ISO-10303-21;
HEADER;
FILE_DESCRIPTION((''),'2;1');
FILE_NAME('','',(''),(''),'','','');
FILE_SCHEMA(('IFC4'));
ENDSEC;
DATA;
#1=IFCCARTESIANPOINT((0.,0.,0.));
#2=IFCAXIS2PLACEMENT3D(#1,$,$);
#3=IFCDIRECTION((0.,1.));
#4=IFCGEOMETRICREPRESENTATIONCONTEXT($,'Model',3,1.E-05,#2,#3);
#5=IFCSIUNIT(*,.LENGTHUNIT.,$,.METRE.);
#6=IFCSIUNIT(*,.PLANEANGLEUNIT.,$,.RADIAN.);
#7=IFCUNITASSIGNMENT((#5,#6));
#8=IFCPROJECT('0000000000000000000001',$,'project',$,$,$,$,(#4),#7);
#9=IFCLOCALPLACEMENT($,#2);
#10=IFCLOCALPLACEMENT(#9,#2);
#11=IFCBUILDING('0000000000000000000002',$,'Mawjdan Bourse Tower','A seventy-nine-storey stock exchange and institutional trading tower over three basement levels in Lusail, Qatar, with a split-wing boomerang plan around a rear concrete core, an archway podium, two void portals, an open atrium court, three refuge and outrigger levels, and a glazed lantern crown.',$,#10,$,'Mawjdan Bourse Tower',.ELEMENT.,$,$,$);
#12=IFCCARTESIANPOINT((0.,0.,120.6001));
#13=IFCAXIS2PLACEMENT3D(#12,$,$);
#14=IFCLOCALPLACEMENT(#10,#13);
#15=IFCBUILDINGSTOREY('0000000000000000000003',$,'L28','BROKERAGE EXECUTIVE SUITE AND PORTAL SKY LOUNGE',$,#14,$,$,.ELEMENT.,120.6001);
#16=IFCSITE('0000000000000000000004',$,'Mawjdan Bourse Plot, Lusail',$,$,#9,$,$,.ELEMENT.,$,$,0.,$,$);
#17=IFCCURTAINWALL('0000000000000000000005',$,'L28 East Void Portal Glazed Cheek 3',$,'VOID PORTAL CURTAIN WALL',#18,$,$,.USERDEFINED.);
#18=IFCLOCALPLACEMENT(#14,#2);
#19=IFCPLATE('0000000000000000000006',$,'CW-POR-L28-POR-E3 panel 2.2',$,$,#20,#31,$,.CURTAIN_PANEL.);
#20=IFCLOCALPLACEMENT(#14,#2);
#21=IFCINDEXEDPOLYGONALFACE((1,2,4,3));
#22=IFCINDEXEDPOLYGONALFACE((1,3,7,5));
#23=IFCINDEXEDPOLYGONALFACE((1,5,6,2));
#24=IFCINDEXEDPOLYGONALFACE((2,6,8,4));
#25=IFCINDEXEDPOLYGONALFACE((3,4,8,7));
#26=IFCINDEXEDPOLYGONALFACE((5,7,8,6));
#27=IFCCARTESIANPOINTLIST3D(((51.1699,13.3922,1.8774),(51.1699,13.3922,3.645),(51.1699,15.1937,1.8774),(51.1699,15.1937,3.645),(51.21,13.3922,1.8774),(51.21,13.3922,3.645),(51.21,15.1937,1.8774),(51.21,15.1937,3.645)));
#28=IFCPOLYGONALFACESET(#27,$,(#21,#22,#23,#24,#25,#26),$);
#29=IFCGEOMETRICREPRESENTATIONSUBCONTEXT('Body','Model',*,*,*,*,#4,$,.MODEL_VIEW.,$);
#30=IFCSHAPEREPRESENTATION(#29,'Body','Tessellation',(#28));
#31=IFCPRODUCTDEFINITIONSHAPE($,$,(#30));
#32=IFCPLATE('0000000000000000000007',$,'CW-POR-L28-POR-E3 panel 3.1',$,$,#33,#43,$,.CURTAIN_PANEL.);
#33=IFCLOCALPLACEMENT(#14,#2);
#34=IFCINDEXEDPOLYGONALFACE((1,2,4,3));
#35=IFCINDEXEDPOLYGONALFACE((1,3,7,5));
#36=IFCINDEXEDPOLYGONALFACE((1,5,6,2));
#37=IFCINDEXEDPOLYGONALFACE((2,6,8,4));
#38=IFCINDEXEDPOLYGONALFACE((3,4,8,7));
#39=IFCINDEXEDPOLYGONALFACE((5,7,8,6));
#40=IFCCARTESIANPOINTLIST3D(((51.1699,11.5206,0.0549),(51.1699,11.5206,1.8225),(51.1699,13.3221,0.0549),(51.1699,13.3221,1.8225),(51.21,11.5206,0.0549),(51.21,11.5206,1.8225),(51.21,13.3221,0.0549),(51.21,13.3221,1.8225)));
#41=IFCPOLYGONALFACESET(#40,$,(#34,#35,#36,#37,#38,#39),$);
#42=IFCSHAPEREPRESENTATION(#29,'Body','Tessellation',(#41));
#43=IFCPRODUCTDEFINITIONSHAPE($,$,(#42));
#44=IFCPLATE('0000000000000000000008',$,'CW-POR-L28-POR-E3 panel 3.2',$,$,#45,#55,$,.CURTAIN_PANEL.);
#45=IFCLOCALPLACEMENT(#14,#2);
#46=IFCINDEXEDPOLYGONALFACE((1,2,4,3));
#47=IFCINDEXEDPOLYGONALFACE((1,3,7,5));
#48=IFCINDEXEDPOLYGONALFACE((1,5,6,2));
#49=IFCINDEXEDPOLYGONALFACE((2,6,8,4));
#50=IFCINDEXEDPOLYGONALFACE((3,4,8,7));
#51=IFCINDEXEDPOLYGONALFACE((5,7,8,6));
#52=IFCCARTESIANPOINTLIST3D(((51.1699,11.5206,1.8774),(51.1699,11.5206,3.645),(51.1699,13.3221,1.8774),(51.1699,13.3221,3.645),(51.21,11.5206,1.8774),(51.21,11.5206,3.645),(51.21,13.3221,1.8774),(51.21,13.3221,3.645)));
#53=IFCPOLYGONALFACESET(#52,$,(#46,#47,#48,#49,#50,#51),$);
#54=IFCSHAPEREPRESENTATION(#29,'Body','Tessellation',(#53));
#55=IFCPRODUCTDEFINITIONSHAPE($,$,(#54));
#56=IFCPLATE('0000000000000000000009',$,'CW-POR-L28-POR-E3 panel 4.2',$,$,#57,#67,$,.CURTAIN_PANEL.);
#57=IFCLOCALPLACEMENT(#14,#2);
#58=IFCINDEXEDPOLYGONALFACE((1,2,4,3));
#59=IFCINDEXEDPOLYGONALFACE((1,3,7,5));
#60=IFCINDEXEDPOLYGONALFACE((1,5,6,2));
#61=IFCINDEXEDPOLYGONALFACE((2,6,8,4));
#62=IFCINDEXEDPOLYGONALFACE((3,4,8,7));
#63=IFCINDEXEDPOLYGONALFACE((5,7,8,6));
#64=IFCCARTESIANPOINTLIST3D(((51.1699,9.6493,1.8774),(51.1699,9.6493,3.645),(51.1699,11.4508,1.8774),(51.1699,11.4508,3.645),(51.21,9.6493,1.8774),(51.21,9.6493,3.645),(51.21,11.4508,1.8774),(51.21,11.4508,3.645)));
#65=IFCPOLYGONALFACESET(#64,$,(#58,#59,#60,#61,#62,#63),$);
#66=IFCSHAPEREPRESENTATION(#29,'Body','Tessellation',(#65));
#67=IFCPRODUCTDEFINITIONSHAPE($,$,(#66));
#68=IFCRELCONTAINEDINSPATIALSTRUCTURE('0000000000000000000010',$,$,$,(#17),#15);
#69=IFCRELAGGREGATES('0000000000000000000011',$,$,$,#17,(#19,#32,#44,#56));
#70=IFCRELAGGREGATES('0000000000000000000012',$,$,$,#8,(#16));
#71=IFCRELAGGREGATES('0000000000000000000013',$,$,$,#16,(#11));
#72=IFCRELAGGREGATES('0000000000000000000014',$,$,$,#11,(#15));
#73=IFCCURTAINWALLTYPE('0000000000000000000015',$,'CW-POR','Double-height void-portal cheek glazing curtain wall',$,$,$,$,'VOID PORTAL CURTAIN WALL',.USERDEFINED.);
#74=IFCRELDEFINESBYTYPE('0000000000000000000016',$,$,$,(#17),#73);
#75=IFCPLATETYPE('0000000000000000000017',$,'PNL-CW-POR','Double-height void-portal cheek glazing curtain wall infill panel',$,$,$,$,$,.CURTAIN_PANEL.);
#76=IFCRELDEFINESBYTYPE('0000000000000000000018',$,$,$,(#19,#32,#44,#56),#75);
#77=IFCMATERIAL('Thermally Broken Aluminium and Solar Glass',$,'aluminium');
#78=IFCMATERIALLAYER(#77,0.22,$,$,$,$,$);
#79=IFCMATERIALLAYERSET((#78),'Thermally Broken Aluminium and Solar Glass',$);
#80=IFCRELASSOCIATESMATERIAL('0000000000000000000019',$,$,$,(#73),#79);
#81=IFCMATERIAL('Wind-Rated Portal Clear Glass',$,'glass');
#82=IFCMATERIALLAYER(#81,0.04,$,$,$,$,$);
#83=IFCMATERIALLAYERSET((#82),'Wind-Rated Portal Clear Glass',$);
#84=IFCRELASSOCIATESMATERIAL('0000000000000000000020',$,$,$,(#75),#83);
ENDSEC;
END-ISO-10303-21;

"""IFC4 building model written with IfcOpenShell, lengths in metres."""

from ifc_helpers import new_model, si_unit, direction, frame, origin, origin_2d, place, context, subcontext, project, spatial, rectangle, extrude, material, layer, layer_set, type_object, element, aggregate, save


model = new_model("IFC4")

# Units and contexts
model_context = context("Model", 3, precision=1e-05, world=origin(), true_north=direction((0.0, 1.0)))
body_context = subcontext(model_context, "Body", "Model", "MODEL_VIEW")
ifc_project = project(units=[si_unit("LENGTHUNIT", "METRE"), si_unit("PLANEANGLEUNIT", "RADIAN")], contexts=[model_context])

# Site, building, storey
site_placement = place(None, origin())
site = spatial("IfcSite", under=ifc_project, at=site_placement, Name="Mawjdan Bourse Plot, Lusail", CompositionType="ELEMENT", RefElevation=0.0)
building_placement = place(site_placement, origin())
building = spatial("IfcBuilding", under=site, at=building_placement, Name="Mawjdan Bourse Tower", Description="A seventy-nine-storey stock exchange and institutional trading tower over three basement levels in Lusail, Qatar, with a split-wing boomerang plan around a rear concrete core, an archway podium, two void portals, an open atrium court, three refuge and outrigger levels, and a glazed lantern crown.", LongName="Mawjdan Bourse Tower", CompositionType="ELEMENT")
storey_placement = place(building_placement, frame((0.0, 0.0, 120.6001)))
storey = spatial("IfcBuildingStorey", under=building, at=storey_placement, Name="L28", Description="BROKERAGE EXECUTIVE SUITE AND PORTAL SKY LOUNGE", CompositionType="ELEMENT", Elevation=120.6001)

# Curtain wall, plates
ifc_material_1 = material(Name="Thermally Broken Aluminium and Solar Glass", Category="aluminium")
ifc_layer_1 = layer(ifc_material_1, 0.22)
ifc_layer_set_1 = layer_set([ifc_layer_1], Name="Thermally Broken Aluminium and Solar Glass")
curtain_wall_type = type_object("IfcCurtainWallType", Name="CW-POR", Description="Double-height void-portal cheek glazing curtain wall", ElementType="VOID PORTAL CURTAIN WALL", PredefinedType="USERDEFINED", material=ifc_layer_set_1)
curtain_wall_placement = place(storey_placement, origin())
curtain_wall = element("IfcCurtainWall", 1, at=curtain_wall_placement, inside=storey, type_object=curtain_wall_type, Name="L28 East Void Portal Glazed Cheek 3", ObjectType="VOID PORTAL CURTAIN WALL", PredefinedType="USERDEFINED")
ifc_material_2 = material(Name="Wind-Rated Portal Clear Glass", Category="glass")
ifc_layer_2 = layer(ifc_material_2, 0.04)
ifc_layer_set_2 = layer_set([ifc_layer_2], Name="Wind-Rated Portal Clear Glass")
plate_type = type_object("IfcPlateType", Name="PNL-CW-POR", Description="Double-height void-portal cheek glazing curtain wall infill panel", PredefinedType="CURTAIN_PANEL", material=ifc_layer_set_2)
plate_1_placement = place(storey_placement, frame((51.1899, 14.293, 1.8774), z_axis=(0.0, 0.0, 1.0), x_axis=(0.0, -1.0, 0.0)))
plate_1 = element("IfcPlate", 2, at=plate_1_placement, type_object=plate_type, Name="CW-POR-L28-POR-E3 panel 2.2", PredefinedType="CURTAIN_PANEL", context=body_context, shape_type="SweptSolid", body=[
    extrude(rectangle(XDim=1.8015, YDim=0.04, at=origin_2d()), origin(), (0.0, 0.0, 1.0), 1.7676),
])
plate_2_placement = place(storey_placement, frame((51.1899, 12.4214, 0.0549), z_axis=(0.0, 0.0, 1.0), x_axis=(0.0, -1.0, 0.0)))
plate_2 = element("IfcPlate", 3, at=plate_2_placement, type_object=plate_type, Name="CW-POR-L28-POR-E3 panel 3.1", PredefinedType="CURTAIN_PANEL", context=body_context, shape_type="SweptSolid", body=[
    extrude(rectangle(XDim=1.8015, YDim=0.04, at=origin_2d()), origin(), (0.0, 0.0, 1.0), 1.7676),
])
plate_3_placement = place(storey_placement, frame((51.1899, 12.4214, 1.8774), z_axis=(0.0, 0.0, 1.0), x_axis=(0.0, -1.0, 0.0)))
plate_3 = element("IfcPlate", 4, at=plate_3_placement, type_object=plate_type, Name="CW-POR-L28-POR-E3 panel 3.2", PredefinedType="CURTAIN_PANEL", context=body_context, shape_type="SweptSolid", body=[
    extrude(rectangle(XDim=1.8015, YDim=0.04, at=origin_2d()), origin(), (0.0, 0.0, 1.0), 1.7676),
])
plate_4_placement = place(storey_placement, frame((51.1899, 10.55, 1.8774), z_axis=(0.0, 0.0, 1.0), x_axis=(0.0, -1.0, 0.0)))
plate_4 = element("IfcPlate", 5, at=plate_4_placement, type_object=plate_type, Name="CW-POR-L28-POR-E3 panel 4.2", PredefinedType="CURTAIN_PANEL", context=body_context, shape_type="SweptSolid", body=[
    extrude(rectangle(XDim=1.8015, YDim=0.04, at=origin_2d()), origin(), (0.0, 0.0, 1.0), 1.7676),
])
aggregate(curtain_wall, [plate_1, plate_2, plate_3, plate_4])

save(model, "model.ifc")
